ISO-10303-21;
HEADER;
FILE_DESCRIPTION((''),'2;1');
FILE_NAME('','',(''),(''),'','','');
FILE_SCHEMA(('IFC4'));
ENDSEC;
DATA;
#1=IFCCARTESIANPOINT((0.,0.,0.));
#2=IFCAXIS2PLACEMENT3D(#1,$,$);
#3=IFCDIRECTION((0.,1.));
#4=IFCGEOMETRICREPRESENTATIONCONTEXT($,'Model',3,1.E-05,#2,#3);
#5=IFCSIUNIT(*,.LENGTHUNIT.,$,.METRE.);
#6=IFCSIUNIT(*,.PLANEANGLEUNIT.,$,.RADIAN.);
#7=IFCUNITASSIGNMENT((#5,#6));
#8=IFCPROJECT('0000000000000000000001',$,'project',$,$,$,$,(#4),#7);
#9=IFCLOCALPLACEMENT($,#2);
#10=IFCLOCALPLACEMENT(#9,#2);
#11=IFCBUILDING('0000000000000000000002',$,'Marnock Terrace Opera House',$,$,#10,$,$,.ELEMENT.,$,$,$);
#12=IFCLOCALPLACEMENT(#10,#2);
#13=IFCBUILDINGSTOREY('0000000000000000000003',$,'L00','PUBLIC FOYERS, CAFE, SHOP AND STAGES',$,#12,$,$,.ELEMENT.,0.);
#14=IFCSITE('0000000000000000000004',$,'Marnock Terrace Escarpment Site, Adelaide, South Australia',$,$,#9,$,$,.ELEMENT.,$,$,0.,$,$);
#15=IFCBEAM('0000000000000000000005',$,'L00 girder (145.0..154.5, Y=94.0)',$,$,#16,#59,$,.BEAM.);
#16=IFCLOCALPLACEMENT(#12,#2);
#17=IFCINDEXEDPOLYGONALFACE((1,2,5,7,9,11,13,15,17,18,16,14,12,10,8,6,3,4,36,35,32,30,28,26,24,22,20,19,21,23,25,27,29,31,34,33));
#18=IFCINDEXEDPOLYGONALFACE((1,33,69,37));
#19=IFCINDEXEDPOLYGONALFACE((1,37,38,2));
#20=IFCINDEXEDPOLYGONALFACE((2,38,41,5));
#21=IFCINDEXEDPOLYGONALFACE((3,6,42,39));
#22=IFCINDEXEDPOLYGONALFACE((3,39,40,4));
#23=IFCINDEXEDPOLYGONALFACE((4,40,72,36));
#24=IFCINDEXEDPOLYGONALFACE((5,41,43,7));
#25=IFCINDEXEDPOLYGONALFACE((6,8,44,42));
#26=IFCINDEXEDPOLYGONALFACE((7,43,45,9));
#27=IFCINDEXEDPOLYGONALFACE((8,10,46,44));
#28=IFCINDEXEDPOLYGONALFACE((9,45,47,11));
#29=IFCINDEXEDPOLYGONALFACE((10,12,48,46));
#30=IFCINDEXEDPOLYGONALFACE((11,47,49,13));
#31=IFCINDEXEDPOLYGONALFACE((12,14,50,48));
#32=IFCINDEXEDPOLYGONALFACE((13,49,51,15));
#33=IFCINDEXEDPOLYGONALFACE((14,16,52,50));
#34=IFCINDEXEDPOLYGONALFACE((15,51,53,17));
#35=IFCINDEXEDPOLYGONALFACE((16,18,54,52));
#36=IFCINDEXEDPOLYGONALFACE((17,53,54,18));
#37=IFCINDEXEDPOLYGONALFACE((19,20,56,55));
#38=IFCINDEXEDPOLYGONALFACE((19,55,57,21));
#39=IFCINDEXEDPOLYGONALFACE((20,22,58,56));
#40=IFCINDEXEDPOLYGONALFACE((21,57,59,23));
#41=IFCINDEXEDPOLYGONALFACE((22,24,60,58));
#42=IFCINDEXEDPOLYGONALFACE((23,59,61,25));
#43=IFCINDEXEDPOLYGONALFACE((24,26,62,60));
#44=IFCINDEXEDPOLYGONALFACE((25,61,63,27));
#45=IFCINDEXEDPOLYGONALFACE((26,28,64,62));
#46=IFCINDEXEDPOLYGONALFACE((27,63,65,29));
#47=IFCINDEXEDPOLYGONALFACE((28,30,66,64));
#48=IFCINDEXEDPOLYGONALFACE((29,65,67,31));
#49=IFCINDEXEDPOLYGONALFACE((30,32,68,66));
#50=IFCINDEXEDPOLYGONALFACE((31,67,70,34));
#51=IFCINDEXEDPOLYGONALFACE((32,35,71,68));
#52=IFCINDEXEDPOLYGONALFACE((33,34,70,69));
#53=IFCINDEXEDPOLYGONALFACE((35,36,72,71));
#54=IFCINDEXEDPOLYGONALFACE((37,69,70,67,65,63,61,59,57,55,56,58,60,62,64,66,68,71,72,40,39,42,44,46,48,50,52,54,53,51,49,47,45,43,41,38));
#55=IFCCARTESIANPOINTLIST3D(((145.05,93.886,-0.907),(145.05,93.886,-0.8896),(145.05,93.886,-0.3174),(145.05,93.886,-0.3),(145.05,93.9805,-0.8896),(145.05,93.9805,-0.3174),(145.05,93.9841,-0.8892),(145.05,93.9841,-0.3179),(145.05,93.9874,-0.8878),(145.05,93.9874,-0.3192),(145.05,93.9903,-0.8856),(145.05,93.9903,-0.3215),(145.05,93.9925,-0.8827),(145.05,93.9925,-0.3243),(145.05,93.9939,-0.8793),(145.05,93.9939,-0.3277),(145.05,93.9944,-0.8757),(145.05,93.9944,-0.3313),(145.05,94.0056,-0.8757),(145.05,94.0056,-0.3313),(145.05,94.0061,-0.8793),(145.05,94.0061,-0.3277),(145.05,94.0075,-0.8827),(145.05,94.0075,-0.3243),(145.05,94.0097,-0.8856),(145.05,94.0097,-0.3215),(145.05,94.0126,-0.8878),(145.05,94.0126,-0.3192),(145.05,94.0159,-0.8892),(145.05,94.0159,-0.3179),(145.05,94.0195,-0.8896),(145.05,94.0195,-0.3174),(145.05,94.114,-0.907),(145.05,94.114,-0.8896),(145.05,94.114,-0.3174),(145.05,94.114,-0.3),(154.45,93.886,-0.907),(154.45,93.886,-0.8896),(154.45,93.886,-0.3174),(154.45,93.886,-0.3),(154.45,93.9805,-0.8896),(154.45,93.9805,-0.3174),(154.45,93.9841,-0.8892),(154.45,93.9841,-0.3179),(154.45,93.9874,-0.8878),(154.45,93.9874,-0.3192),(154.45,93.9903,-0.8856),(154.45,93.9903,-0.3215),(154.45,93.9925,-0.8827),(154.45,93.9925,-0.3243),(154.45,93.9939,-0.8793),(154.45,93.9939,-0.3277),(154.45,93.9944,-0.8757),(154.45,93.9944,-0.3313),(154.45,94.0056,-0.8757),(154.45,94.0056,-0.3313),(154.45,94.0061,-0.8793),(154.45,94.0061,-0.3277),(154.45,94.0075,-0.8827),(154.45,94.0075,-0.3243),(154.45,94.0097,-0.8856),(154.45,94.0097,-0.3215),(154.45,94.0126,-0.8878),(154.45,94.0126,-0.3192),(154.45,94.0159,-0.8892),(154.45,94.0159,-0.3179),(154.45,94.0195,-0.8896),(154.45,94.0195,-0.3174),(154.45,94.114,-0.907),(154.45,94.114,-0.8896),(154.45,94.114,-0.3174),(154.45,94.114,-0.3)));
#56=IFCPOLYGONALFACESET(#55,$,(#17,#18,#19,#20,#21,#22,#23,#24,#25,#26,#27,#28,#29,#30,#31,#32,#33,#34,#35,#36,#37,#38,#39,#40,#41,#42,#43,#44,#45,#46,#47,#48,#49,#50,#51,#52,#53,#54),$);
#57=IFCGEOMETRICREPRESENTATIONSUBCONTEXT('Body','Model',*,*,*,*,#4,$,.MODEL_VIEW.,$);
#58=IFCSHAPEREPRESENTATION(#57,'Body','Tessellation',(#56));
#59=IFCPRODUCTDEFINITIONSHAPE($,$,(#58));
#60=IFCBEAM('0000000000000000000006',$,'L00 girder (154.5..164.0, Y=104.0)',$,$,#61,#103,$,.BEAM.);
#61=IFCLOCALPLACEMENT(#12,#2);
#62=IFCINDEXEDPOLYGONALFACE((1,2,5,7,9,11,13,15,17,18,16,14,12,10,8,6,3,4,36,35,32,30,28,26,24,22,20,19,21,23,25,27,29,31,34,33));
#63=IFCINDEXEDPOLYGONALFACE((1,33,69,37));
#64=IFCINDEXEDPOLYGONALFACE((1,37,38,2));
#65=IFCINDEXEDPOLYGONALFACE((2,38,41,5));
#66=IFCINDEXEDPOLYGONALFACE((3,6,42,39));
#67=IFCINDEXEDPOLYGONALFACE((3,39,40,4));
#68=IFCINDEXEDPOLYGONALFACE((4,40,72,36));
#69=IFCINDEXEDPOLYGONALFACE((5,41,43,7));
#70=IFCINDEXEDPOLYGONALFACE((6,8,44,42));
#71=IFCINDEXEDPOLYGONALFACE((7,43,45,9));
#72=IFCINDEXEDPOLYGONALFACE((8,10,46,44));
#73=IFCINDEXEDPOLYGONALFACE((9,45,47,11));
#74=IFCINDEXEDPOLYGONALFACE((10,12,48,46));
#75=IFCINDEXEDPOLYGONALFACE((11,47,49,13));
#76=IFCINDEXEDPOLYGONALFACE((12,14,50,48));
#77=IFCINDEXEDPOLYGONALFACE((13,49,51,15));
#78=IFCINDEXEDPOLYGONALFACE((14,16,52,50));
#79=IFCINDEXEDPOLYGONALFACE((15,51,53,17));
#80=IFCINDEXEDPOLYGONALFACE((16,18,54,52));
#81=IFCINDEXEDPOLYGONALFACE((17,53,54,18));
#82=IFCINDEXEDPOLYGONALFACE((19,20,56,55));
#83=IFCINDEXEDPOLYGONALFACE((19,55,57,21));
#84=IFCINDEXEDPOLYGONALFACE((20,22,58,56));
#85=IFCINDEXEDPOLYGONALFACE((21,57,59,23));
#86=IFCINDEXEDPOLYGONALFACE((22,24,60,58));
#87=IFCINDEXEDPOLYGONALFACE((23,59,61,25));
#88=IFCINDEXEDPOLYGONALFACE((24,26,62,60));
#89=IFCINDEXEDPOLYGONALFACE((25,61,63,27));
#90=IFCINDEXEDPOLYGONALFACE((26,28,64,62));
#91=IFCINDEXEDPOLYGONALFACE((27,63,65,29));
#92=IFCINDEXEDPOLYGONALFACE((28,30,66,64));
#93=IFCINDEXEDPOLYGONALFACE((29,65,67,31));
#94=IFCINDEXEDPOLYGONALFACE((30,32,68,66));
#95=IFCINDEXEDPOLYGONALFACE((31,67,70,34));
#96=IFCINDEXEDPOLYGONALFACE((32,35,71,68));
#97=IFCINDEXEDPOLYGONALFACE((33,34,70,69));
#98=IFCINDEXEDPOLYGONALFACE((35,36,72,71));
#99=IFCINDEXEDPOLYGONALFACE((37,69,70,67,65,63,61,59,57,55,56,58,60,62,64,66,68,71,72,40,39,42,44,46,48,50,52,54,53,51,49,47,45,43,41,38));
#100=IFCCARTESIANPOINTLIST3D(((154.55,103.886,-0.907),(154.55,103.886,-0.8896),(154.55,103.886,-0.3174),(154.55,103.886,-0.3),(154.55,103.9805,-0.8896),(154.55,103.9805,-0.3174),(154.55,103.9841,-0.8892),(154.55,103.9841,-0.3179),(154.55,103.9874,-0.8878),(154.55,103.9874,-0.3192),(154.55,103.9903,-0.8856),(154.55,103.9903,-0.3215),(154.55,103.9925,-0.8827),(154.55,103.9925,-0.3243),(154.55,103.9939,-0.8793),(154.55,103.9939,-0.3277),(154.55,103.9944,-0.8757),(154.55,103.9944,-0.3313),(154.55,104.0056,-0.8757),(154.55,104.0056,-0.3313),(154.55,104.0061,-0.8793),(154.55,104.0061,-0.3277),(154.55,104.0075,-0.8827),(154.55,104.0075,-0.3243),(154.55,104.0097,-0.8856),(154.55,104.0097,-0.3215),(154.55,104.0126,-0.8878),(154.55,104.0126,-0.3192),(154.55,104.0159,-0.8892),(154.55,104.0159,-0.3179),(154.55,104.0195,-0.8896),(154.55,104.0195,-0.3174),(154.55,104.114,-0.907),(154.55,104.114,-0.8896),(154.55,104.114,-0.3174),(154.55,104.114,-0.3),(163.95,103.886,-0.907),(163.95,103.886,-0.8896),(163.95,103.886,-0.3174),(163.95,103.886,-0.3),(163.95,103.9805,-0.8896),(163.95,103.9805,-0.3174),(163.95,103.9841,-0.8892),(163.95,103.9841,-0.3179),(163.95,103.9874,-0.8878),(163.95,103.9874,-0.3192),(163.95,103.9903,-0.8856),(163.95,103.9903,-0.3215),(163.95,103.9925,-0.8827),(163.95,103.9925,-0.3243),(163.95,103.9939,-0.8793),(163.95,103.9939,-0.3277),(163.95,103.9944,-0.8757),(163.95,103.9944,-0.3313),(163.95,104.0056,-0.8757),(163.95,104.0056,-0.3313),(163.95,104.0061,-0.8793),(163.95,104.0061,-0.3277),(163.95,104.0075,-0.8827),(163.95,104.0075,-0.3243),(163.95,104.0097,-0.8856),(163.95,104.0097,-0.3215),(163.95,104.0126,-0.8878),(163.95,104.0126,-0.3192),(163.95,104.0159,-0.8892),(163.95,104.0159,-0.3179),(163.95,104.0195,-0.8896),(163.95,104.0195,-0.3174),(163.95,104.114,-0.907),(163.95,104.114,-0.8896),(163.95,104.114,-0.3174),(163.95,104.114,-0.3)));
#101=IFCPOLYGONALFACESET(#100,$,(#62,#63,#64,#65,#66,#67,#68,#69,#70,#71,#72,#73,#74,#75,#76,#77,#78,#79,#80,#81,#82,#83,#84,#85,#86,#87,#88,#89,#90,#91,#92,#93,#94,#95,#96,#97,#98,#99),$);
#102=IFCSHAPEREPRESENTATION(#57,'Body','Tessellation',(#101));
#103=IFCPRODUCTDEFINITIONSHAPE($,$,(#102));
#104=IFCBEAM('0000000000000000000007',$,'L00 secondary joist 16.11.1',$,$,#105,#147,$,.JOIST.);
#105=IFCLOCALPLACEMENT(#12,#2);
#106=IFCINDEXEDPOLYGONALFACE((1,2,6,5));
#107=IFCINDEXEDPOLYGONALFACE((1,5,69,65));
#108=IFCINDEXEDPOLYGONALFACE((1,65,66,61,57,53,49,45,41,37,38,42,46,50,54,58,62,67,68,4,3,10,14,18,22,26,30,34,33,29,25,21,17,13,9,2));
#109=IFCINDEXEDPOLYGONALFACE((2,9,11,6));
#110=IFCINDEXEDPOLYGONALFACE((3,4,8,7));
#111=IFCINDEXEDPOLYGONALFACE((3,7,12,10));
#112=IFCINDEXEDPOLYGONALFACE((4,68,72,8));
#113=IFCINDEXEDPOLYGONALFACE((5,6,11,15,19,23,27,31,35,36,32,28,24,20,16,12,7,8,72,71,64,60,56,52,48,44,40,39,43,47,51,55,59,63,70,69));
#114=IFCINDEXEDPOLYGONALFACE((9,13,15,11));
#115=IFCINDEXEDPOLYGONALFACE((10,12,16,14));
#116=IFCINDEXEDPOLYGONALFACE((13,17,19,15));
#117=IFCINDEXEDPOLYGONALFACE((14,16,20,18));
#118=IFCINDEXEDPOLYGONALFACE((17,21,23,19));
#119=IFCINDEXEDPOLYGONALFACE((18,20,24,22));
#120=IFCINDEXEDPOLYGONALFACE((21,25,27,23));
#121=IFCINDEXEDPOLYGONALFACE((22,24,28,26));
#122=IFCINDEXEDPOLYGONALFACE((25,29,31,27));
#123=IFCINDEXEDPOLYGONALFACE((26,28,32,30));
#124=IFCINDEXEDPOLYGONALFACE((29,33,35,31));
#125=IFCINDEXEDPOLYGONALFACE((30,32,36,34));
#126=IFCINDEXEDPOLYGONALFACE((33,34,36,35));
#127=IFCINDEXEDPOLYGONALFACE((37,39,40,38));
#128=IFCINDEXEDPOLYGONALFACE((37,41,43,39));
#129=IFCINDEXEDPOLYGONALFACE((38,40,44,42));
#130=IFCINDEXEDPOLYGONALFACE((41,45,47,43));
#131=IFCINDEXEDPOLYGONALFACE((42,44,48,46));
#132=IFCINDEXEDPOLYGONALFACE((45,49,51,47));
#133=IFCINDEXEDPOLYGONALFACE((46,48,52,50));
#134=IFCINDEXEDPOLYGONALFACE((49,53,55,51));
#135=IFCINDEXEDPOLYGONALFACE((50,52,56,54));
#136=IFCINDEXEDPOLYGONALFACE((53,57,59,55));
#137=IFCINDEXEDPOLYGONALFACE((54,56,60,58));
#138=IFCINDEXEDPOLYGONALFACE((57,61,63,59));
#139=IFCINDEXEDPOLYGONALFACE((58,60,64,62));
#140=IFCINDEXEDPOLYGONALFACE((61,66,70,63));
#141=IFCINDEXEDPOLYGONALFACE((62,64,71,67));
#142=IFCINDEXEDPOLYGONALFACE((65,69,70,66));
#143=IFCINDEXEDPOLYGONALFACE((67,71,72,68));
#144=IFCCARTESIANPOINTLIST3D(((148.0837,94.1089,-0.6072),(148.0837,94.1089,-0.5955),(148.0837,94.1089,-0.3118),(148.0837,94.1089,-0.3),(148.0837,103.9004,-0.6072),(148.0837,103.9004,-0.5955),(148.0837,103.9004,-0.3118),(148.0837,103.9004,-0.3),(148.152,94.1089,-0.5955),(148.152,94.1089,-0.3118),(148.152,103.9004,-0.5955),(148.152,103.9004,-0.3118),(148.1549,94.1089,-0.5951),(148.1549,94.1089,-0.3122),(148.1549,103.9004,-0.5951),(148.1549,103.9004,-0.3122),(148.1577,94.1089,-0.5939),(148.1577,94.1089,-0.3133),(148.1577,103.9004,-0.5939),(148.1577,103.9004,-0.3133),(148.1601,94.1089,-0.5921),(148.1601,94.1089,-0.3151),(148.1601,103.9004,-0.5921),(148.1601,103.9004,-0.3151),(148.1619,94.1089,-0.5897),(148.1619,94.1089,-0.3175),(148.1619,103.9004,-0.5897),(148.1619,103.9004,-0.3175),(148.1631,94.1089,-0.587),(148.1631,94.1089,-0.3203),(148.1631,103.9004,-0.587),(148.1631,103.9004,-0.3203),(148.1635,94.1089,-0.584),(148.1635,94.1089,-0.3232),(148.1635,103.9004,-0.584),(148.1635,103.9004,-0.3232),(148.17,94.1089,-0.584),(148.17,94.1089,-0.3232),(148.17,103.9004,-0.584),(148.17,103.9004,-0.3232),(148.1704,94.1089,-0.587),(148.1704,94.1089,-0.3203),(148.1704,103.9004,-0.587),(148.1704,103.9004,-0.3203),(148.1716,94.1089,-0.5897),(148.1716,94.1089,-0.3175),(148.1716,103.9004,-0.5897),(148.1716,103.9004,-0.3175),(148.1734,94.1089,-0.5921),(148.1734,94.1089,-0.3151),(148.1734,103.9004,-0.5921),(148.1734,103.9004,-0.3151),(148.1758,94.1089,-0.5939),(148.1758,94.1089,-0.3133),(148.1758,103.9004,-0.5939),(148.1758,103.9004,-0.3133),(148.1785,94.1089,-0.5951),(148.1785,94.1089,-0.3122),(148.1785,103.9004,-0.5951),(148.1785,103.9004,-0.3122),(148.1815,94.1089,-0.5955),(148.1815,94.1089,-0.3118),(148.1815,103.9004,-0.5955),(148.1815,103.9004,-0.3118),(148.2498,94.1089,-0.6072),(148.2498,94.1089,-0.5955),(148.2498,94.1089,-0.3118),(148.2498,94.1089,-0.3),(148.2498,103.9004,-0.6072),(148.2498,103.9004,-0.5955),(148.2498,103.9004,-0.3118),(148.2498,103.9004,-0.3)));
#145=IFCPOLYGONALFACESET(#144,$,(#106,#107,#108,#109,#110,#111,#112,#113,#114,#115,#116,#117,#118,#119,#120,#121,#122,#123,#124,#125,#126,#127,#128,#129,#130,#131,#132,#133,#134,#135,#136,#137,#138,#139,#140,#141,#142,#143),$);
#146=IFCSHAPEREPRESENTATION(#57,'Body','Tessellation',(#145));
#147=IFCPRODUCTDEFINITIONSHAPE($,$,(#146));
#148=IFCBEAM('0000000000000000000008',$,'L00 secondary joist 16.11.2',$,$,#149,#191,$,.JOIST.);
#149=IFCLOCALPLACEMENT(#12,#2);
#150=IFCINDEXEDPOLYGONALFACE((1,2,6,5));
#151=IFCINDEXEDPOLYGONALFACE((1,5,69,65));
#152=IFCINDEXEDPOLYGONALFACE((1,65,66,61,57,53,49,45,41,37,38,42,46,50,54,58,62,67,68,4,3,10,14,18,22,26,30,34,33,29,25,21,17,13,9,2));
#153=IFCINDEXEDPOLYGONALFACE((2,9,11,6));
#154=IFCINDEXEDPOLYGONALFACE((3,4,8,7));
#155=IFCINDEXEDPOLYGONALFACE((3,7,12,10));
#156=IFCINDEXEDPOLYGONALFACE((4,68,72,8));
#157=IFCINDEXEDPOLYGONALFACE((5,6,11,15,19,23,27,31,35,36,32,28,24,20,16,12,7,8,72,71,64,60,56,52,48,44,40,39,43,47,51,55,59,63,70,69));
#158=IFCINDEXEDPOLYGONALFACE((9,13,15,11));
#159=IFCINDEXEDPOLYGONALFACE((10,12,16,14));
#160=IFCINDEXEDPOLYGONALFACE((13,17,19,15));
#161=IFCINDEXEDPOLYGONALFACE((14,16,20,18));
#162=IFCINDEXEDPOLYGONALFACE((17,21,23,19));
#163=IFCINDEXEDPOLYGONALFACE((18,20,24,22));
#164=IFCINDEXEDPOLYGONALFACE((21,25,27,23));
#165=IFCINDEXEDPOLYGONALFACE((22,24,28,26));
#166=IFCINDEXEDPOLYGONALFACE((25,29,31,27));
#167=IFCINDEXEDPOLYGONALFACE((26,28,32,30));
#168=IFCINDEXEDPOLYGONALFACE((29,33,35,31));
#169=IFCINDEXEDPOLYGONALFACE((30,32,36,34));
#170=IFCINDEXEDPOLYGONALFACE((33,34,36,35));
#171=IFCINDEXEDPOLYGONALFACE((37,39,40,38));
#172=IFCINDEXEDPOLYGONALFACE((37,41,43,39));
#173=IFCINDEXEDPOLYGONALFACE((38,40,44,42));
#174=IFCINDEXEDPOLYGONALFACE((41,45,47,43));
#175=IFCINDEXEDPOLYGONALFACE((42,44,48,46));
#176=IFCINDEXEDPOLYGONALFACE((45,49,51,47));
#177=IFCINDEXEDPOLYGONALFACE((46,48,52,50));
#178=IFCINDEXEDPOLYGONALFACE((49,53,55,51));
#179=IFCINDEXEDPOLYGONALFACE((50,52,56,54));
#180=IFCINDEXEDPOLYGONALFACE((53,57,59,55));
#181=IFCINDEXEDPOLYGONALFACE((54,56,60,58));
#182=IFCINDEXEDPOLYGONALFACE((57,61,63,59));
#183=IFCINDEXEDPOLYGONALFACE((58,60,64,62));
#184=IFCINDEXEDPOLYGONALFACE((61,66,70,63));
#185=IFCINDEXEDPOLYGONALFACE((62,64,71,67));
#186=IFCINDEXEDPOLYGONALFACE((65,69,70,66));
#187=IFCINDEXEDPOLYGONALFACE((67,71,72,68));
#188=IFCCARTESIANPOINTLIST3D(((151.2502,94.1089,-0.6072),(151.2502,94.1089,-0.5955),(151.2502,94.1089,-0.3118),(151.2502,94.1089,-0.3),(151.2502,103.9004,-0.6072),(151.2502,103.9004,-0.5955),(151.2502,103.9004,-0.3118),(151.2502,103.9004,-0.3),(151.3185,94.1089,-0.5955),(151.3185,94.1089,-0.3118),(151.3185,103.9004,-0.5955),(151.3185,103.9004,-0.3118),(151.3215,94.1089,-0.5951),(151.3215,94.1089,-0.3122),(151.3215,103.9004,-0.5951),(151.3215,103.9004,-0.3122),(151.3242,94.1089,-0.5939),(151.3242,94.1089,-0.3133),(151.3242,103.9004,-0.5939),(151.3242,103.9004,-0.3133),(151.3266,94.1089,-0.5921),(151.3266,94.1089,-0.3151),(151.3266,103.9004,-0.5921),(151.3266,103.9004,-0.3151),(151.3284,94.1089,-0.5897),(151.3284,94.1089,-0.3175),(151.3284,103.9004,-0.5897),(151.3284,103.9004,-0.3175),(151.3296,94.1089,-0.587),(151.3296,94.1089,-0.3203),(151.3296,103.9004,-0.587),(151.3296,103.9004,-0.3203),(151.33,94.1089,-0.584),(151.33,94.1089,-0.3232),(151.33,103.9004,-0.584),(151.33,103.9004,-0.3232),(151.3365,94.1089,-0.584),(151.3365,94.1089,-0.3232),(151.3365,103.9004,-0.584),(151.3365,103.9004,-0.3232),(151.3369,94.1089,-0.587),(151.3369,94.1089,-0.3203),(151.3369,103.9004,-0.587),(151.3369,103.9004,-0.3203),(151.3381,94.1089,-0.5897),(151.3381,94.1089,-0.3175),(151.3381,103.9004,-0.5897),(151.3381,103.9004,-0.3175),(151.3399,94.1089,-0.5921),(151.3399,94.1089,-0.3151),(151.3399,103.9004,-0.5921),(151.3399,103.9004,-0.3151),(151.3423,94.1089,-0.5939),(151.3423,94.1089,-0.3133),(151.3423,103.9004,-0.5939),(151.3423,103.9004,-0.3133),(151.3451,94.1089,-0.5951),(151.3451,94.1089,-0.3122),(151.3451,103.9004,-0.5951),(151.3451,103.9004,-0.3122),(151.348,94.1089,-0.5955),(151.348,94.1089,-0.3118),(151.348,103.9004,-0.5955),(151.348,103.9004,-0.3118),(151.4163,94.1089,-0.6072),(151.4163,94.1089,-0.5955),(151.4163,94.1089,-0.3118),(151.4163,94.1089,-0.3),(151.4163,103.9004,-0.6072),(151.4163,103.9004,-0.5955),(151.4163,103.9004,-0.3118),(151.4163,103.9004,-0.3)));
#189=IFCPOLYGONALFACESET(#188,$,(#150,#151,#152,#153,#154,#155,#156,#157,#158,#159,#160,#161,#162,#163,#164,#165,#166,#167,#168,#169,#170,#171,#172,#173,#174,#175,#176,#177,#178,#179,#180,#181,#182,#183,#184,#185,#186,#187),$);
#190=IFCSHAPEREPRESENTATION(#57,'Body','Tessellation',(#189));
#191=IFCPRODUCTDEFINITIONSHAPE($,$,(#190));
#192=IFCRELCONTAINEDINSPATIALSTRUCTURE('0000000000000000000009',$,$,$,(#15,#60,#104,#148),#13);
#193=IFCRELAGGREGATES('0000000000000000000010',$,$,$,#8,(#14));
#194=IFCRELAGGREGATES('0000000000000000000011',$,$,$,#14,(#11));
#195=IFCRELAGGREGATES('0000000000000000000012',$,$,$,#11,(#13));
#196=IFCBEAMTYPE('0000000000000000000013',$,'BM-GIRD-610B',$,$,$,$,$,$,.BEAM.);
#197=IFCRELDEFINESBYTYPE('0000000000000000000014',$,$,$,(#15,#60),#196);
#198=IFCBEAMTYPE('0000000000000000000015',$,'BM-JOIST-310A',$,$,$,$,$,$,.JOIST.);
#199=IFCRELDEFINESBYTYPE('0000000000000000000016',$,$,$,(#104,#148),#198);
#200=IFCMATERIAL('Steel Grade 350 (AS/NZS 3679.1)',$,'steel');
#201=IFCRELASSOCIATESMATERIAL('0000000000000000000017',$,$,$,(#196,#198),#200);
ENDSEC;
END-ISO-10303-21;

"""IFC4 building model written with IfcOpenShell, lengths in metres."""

from ifc_helpers import new_model, si_unit, direction, frame, origin, origin_2d, place, context, subcontext, project, spatial, i_section, extrude, material, material_profile, profile_set, type_object, element, save


model = new_model("IFC4")

# Units and contexts
model_context = context("Model", 3, precision=1e-05, world=origin(), true_north=direction((0.0, 1.0)))
body_context = subcontext(model_context, "Body", "Model", "MODEL_VIEW")
ifc_project = project(units=[si_unit("LENGTHUNIT", "METRE"), si_unit("PLANEANGLEUNIT", "RADIAN")], contexts=[model_context])

# Site, building, storey
site_placement = place(None, origin())
site = spatial("IfcSite", under=ifc_project, at=site_placement, Name="Marnock Terrace Escarpment Site, Adelaide, South Australia", CompositionType="ELEMENT", RefElevation=0.0)
building_placement = place(site_placement, origin())
building = spatial("IfcBuilding", under=site, at=building_placement, Name="Marnock Terrace Opera House", CompositionType="ELEMENT")
storey_placement = place(building_placement, origin())
storey = spatial("IfcBuildingStorey", under=building, at=storey_placement, Name="L00", Description="PUBLIC FOYERS, CAFE, SHOP AND STAGES", CompositionType="ELEMENT", Elevation=0.0)

# Shared definitions
ifc_material_1 = material(Name="Steel Grade 350 (AS/NZS 3679.1)", Category="steel")

# Beams
ifc_material_profile_1 = material_profile(ifc_material_1, i_section(OverallWidth=0.228, OverallDepth=0.6069, WebThickness=0.0112, FlangeThickness=0.0173, FilletRadius=0.0139, at=origin_2d()))
ifc_profile_set_1 = profile_set([ifc_material_profile_1], Name="Steel Grade 350 (AS/NZS 3679.1)")
beam_type_1 = type_object("IfcBeamType", Name="BM-GIRD-610B", PredefinedType="BEAM", material=ifc_profile_set_1)
for number, where, z_axis, x_axis, name in (
    (1, (145.05, 94.0, -0.6035), (1.0, 0.0, 0.0), (0.0, 1.0, 0.0), "L00 girder (145.0..154.5, Y=94.0)"),
    (2, (154.55, 104.0, -0.6035), (1.0, 0.0, 0.0), (0.0, 1.0, 0.0), "L00 girder (154.5..164.0, Y=104.0)"),
):
    element("IfcBeam", number, at=place(storey_placement, frame(where, z_axis=z_axis, x_axis=x_axis)), inside=storey, type_object=beam_type_1, Name=name, PredefinedType="BEAM", context=body_context, shape_type="SweptSolid", body=[
        extrude(i_section(OverallWidth=0.228, OverallDepth=0.6069, WebThickness=0.0112, FlangeThickness=0.0173, FilletRadius=0.0139, at=origin_2d()), origin(), (0.0, 0.0, 1.0), 9.3999),
    ])
ifc_material_profile_2 = material_profile(ifc_material_1, i_section(OverallWidth=0.166, OverallDepth=0.3071, WebThickness=0.0066, FlangeThickness=0.0117, FilletRadius=0.0115, at=origin_2d()))
ifc_profile_set_2 = profile_set([ifc_material_profile_2], Name="Steel Grade 350 (AS/NZS 3679.1)")
beam_type_2 = type_object("IfcBeamType", Name="BM-JOIST-310A", PredefinedType="JOIST", material=ifc_profile_set_2)
for number, where, z_axis, x_axis, name in (
    (3, (148.1667, 94.1089, -0.4536), (0.0, 1.0, 0.0), (-1.0, 0.0, 0.0), "L00 secondary joist 16.11.1"),
    (4, (151.3333, 94.1089, -0.4536), (0.0, 1.0, 0.0), (-1.0, 0.0, 0.0), "L00 secondary joist 16.11.2"),
):
    element("IfcBeam", number, at=place(storey_placement, frame(where, z_axis=z_axis, x_axis=x_axis)), inside=storey, type_object=beam_type_2, Name=name, PredefinedType="JOIST", context=body_context, shape_type="SweptSolid", body=[
        extrude(i_section(OverallWidth=0.166, OverallDepth=0.3071, WebThickness=0.0066, FlangeThickness=0.0117, FilletRadius=0.0115, at=origin_2d()), origin(), (0.0, 0.0, 1.0), 9.7915),
    ])

save(model, "model.ifc")
